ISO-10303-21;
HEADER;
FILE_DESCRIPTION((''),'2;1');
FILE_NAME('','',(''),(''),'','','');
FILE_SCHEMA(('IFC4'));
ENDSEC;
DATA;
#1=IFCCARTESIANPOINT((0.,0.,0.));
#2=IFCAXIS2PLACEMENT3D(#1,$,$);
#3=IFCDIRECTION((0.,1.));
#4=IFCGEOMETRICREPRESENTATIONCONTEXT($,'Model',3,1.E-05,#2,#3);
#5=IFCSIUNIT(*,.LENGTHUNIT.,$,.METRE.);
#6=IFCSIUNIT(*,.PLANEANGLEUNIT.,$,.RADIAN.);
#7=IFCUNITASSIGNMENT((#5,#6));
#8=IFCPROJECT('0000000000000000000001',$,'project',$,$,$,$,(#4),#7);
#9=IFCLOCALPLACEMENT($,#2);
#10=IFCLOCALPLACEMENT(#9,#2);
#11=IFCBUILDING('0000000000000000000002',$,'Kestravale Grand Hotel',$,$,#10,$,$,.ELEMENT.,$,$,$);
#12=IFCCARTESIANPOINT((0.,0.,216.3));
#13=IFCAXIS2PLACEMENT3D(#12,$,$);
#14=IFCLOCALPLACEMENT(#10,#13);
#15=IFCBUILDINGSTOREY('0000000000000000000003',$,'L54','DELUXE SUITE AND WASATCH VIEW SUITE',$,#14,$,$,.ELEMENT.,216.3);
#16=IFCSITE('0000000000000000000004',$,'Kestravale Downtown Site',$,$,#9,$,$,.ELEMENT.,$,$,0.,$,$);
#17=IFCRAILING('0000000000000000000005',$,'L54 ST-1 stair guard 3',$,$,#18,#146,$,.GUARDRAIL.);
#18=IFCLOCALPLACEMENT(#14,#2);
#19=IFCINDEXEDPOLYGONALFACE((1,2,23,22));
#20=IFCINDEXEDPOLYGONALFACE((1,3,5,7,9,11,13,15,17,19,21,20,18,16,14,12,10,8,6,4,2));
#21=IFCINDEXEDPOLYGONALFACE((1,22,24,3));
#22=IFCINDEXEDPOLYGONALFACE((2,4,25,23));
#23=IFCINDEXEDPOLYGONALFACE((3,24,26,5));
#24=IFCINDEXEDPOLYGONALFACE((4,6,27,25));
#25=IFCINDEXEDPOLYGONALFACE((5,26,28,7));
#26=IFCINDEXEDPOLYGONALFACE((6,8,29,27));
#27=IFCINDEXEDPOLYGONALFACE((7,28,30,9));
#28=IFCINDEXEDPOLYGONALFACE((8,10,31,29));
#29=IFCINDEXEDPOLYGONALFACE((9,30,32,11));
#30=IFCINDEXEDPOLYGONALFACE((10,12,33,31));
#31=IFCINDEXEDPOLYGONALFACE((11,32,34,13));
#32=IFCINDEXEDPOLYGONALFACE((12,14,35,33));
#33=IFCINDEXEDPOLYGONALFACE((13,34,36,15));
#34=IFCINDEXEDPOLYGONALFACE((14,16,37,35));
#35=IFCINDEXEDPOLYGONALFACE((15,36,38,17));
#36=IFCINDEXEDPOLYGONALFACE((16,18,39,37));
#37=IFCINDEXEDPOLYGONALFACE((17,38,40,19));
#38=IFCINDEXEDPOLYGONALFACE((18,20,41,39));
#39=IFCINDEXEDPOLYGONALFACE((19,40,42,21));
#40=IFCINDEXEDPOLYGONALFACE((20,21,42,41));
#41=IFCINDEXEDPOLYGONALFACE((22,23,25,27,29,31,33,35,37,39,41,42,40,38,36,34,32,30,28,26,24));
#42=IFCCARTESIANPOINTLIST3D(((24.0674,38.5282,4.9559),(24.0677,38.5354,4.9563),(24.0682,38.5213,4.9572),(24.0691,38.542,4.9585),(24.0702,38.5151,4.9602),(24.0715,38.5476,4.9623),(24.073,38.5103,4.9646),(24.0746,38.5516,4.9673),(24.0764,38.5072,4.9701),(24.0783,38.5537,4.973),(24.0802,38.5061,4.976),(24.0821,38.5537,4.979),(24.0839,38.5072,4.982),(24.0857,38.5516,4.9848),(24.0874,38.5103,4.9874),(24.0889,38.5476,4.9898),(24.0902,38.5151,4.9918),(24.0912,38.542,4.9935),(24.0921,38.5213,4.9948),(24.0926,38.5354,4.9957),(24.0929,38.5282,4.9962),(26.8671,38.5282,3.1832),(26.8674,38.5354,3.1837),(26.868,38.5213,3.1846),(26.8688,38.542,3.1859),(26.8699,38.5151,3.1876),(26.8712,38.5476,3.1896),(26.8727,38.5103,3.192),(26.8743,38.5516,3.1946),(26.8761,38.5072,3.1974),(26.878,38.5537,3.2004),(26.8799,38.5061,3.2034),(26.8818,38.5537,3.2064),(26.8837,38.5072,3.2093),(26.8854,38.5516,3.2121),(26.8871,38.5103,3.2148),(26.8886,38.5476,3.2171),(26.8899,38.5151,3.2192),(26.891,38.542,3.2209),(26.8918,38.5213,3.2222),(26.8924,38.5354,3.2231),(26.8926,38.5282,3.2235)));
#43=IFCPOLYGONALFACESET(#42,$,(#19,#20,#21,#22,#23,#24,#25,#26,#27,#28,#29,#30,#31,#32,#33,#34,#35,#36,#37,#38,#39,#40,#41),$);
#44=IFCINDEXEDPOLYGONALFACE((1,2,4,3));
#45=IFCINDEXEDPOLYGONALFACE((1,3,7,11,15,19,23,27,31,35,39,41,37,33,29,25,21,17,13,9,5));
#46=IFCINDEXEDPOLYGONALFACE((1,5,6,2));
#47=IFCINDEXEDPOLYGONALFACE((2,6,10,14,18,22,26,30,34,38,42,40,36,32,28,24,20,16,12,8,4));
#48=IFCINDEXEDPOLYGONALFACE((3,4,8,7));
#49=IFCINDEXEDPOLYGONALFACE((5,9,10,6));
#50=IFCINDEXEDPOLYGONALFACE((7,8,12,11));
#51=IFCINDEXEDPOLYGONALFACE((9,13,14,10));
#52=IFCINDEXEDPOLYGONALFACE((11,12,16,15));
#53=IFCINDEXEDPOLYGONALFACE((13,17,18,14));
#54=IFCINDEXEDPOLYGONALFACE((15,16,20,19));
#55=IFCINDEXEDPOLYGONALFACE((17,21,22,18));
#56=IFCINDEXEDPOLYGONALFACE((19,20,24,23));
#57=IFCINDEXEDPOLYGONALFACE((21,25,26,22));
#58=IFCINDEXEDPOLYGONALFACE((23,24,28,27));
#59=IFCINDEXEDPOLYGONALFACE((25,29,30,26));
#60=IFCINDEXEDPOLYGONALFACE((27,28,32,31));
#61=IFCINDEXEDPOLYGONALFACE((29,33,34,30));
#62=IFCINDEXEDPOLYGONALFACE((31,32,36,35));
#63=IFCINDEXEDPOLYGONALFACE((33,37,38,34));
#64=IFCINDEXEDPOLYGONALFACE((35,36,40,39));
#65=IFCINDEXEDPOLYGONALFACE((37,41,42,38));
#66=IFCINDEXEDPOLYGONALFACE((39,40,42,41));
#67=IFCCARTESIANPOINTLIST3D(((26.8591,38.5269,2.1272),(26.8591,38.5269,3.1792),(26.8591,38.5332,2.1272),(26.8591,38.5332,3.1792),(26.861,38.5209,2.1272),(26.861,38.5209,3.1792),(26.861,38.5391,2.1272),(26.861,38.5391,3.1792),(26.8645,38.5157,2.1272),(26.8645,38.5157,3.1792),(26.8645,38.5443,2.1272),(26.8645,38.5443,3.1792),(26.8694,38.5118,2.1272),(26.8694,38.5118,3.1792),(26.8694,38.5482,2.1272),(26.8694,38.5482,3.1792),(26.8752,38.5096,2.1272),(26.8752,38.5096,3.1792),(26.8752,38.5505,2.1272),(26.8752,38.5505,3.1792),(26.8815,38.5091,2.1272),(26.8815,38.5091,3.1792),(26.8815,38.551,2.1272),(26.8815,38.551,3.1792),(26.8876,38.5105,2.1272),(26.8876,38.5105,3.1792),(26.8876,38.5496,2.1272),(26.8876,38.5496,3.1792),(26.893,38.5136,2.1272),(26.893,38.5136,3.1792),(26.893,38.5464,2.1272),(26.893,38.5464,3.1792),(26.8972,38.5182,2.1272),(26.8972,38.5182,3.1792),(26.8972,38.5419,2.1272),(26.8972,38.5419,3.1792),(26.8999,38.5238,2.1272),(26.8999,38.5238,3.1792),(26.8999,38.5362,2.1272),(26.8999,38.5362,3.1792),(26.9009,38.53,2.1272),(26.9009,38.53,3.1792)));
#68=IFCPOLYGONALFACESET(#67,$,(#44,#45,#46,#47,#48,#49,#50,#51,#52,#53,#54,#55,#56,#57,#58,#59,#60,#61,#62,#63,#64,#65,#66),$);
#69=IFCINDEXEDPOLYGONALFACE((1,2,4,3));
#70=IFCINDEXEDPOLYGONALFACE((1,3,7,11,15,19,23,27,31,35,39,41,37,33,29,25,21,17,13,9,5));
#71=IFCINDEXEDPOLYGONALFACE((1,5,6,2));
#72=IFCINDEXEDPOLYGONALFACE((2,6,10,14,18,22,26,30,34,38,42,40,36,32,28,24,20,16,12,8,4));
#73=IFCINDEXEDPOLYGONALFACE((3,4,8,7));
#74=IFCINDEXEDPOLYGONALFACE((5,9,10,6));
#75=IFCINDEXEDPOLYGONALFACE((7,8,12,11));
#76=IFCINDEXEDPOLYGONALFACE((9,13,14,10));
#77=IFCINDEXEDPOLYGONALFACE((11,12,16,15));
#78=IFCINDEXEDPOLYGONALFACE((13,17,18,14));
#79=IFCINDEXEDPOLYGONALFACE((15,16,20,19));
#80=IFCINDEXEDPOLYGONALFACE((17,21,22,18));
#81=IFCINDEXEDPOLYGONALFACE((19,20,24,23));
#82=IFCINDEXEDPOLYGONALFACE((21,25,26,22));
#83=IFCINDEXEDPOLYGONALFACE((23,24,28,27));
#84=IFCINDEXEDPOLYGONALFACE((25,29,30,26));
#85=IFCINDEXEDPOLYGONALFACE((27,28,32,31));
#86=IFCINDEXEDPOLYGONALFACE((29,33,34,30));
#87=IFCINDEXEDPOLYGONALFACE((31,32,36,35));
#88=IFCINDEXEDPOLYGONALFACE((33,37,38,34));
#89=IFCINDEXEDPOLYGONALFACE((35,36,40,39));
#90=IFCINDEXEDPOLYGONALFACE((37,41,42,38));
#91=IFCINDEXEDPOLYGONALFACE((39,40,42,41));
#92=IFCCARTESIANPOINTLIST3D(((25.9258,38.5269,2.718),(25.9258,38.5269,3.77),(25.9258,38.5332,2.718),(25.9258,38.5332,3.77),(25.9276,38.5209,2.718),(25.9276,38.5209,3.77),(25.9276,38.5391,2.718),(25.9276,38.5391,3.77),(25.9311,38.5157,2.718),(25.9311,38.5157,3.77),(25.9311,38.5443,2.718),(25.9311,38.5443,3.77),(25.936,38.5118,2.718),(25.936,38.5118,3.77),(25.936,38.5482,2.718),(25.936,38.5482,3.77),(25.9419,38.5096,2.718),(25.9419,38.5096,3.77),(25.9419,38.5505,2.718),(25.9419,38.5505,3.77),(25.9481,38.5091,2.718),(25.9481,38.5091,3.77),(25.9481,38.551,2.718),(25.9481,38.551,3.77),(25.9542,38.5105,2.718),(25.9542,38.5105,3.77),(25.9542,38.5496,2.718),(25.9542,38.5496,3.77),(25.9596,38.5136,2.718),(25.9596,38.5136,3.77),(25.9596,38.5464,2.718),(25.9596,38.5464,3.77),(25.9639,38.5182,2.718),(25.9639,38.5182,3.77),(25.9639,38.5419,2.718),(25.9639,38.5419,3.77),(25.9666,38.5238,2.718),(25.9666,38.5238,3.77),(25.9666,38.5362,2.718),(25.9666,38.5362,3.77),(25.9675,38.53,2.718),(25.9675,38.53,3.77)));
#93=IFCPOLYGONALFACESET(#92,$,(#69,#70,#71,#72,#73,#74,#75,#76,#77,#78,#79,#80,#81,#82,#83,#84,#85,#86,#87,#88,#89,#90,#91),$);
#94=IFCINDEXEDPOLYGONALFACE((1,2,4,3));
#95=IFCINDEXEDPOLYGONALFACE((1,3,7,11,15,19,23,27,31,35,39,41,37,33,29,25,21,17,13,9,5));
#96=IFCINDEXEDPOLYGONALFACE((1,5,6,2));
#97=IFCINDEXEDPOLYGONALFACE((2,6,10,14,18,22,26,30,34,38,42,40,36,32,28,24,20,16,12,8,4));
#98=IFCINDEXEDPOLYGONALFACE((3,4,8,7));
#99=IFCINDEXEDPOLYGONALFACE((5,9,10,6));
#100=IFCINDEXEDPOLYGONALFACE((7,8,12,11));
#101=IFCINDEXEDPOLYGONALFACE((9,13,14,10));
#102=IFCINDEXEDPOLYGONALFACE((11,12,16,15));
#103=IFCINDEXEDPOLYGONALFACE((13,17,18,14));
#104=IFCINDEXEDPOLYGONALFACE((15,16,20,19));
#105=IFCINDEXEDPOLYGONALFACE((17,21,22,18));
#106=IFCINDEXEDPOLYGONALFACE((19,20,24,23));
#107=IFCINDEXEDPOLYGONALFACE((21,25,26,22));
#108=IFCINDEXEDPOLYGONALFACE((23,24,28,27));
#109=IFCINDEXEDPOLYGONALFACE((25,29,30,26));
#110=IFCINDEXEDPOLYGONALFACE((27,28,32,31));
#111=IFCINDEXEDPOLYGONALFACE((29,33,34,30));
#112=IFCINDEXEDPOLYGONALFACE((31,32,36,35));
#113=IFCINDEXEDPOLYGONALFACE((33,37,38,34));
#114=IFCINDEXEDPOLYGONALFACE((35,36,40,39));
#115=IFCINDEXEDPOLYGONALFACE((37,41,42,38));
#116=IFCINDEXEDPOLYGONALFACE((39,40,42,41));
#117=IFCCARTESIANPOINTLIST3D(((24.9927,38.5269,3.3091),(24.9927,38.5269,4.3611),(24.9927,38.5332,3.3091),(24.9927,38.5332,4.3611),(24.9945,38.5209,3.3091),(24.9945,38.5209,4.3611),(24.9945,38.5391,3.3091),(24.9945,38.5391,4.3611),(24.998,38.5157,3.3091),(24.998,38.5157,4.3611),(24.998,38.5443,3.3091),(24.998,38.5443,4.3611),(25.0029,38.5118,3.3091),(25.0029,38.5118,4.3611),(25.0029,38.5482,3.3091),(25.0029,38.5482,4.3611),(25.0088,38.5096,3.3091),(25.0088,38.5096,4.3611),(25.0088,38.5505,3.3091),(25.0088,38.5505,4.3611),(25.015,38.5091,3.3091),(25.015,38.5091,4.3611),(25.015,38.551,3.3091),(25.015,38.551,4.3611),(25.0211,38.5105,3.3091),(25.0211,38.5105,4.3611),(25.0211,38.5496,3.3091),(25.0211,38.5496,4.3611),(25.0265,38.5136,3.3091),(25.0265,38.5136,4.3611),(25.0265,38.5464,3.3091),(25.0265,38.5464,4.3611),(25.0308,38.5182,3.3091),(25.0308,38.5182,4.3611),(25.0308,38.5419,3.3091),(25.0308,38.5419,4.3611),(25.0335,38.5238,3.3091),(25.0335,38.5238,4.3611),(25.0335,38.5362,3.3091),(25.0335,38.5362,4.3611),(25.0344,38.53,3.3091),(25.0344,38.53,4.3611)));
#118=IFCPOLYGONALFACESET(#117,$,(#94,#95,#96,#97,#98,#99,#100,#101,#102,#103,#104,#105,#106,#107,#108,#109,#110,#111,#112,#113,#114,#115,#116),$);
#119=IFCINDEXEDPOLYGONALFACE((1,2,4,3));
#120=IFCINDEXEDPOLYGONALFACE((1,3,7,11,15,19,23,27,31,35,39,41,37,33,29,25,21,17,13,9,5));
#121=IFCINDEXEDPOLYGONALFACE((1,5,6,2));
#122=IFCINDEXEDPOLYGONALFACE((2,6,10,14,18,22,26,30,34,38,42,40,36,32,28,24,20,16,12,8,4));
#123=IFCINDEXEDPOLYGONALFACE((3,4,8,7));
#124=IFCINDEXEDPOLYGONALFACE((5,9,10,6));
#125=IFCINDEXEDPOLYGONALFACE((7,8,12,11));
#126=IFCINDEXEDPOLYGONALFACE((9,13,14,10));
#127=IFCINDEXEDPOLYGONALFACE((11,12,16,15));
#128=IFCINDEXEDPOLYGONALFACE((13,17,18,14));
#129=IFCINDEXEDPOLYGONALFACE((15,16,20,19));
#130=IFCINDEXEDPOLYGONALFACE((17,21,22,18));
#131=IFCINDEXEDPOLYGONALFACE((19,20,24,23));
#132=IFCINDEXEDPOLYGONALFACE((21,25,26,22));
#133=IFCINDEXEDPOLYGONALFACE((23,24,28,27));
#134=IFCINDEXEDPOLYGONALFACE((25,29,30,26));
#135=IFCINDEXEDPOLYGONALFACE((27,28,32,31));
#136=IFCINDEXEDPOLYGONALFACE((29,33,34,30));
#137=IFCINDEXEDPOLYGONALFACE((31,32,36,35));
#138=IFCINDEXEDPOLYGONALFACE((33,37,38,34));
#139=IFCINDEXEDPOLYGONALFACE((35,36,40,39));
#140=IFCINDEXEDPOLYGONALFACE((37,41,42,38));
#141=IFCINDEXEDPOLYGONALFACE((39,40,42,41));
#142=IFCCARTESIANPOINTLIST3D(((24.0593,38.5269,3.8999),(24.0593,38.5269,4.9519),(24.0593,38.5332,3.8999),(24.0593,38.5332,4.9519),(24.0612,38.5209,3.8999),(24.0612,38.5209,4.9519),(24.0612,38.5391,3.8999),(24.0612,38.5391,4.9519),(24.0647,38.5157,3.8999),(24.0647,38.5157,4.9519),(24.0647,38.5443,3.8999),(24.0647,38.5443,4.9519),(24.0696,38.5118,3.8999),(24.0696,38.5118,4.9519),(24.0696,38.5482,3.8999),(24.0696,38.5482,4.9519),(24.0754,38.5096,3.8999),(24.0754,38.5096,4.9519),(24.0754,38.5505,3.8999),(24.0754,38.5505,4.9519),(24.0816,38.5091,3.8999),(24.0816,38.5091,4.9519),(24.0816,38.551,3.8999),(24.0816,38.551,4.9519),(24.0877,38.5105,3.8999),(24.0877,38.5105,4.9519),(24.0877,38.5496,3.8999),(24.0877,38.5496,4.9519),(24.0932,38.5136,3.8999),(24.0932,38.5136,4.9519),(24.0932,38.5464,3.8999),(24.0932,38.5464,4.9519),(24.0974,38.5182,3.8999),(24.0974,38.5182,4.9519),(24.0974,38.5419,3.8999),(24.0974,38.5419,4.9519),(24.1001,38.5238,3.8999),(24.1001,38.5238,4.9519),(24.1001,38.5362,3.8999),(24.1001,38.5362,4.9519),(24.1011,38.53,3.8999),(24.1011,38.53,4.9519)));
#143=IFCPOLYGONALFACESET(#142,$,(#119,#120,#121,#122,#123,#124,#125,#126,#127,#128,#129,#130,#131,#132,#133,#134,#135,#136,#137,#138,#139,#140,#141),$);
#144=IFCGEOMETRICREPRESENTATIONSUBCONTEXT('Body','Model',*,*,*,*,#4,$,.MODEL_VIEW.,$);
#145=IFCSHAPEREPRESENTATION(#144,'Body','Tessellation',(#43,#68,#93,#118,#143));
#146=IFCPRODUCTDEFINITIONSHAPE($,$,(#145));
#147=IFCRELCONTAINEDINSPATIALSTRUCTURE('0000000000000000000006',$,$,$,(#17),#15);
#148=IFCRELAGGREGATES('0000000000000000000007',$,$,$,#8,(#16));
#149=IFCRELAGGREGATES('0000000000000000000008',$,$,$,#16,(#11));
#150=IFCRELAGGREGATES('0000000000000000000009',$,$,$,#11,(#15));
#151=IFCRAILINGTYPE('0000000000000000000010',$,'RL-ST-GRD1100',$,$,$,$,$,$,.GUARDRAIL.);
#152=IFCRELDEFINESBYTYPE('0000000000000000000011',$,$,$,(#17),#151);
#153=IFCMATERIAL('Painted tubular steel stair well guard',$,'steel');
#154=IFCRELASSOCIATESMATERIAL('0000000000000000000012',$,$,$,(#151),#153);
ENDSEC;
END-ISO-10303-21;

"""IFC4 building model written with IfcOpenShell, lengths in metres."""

from ifc_helpers import new_model, si_unit, direction, frame, origin, origin_2d, place, context, subcontext, project, spatial, circle, extrude, material, type_object, element, save


model = new_model("IFC4")

# Units and contexts
model_context = context("Model", 3, precision=1e-05, world=origin(), true_north=direction((0.0, 1.0)))
body_context = subcontext(model_context, "Body", "Model", "MODEL_VIEW")
ifc_project = project(units=[si_unit("LENGTHUNIT", "METRE"), si_unit("PLANEANGLEUNIT", "RADIAN")], contexts=[model_context])

# Site, building, storey
site_placement = place(None, origin())
site = spatial("IfcSite", under=ifc_project, at=site_placement, Name="Kestravale Downtown Site", CompositionType="ELEMENT", RefElevation=0.0)
building_placement = place(site_placement, origin())
building = spatial("IfcBuilding", under=site, at=building_placement, Name="Kestravale Grand Hotel", CompositionType="ELEMENT")
storey_placement = place(building_placement, frame((0.0, 0.0, 216.3)))
storey = spatial("IfcBuildingStorey", under=building, at=storey_placement, Name="L54", Description="DELUXE SUITE AND WASATCH VIEW SUITE", CompositionType="ELEMENT", Elevation=216.3)

# Railing
ifc_material_1 = material(Name="Painted tubular steel stair well guard", Category="steel")
railing_type_1 = type_object("IfcRailingType", Name="RL-ST-GRD1100", PredefinedType="GUARDRAIL", material=ifc_material_1)
railing_1_placement = place(storey_placement, frame((26.8799, 38.53, 2.1272)))
element("IfcRailing", 1, at=railing_1_placement, inside=storey, type_object=railing_type_1, Name="L54 ST-1 stair guard 3", PredefinedType="GUARDRAIL", context=body_context, shape_type="SweptSolid", body=[
    extrude(circle(Radius=0.0239, at=origin_2d()), frame((0.0, 0.0, 1.0762), z_axis=(-0.844888, 0.0, 0.534943), x_axis=(0.0, -1.0, 0.0)), (0.0, 0.0, 1.0), 3.3137),
    extrude(circle(Radius=0.021, at=origin_2d()), origin(), (0.0, 0.0, 1.0), 1.052),
    extrude(circle(Radius=0.021, at=origin_2d()), frame((-0.9333, 0.0, 0.5908)), (0.0, 0.0, 1.0), 1.052),
    extrude(circle(Radius=0.021, at=origin_2d()), frame((-1.8665, 0.0, 1.1819)), (0.0, 0.0, 1.0), 1.052),
    extrude(circle(Radius=0.021, at=origin_2d()), frame((-2.7998, 0.0, 1.7727)), (0.0, 0.0, 1.0), 1.052),
])

save(model, "model.ifc")
